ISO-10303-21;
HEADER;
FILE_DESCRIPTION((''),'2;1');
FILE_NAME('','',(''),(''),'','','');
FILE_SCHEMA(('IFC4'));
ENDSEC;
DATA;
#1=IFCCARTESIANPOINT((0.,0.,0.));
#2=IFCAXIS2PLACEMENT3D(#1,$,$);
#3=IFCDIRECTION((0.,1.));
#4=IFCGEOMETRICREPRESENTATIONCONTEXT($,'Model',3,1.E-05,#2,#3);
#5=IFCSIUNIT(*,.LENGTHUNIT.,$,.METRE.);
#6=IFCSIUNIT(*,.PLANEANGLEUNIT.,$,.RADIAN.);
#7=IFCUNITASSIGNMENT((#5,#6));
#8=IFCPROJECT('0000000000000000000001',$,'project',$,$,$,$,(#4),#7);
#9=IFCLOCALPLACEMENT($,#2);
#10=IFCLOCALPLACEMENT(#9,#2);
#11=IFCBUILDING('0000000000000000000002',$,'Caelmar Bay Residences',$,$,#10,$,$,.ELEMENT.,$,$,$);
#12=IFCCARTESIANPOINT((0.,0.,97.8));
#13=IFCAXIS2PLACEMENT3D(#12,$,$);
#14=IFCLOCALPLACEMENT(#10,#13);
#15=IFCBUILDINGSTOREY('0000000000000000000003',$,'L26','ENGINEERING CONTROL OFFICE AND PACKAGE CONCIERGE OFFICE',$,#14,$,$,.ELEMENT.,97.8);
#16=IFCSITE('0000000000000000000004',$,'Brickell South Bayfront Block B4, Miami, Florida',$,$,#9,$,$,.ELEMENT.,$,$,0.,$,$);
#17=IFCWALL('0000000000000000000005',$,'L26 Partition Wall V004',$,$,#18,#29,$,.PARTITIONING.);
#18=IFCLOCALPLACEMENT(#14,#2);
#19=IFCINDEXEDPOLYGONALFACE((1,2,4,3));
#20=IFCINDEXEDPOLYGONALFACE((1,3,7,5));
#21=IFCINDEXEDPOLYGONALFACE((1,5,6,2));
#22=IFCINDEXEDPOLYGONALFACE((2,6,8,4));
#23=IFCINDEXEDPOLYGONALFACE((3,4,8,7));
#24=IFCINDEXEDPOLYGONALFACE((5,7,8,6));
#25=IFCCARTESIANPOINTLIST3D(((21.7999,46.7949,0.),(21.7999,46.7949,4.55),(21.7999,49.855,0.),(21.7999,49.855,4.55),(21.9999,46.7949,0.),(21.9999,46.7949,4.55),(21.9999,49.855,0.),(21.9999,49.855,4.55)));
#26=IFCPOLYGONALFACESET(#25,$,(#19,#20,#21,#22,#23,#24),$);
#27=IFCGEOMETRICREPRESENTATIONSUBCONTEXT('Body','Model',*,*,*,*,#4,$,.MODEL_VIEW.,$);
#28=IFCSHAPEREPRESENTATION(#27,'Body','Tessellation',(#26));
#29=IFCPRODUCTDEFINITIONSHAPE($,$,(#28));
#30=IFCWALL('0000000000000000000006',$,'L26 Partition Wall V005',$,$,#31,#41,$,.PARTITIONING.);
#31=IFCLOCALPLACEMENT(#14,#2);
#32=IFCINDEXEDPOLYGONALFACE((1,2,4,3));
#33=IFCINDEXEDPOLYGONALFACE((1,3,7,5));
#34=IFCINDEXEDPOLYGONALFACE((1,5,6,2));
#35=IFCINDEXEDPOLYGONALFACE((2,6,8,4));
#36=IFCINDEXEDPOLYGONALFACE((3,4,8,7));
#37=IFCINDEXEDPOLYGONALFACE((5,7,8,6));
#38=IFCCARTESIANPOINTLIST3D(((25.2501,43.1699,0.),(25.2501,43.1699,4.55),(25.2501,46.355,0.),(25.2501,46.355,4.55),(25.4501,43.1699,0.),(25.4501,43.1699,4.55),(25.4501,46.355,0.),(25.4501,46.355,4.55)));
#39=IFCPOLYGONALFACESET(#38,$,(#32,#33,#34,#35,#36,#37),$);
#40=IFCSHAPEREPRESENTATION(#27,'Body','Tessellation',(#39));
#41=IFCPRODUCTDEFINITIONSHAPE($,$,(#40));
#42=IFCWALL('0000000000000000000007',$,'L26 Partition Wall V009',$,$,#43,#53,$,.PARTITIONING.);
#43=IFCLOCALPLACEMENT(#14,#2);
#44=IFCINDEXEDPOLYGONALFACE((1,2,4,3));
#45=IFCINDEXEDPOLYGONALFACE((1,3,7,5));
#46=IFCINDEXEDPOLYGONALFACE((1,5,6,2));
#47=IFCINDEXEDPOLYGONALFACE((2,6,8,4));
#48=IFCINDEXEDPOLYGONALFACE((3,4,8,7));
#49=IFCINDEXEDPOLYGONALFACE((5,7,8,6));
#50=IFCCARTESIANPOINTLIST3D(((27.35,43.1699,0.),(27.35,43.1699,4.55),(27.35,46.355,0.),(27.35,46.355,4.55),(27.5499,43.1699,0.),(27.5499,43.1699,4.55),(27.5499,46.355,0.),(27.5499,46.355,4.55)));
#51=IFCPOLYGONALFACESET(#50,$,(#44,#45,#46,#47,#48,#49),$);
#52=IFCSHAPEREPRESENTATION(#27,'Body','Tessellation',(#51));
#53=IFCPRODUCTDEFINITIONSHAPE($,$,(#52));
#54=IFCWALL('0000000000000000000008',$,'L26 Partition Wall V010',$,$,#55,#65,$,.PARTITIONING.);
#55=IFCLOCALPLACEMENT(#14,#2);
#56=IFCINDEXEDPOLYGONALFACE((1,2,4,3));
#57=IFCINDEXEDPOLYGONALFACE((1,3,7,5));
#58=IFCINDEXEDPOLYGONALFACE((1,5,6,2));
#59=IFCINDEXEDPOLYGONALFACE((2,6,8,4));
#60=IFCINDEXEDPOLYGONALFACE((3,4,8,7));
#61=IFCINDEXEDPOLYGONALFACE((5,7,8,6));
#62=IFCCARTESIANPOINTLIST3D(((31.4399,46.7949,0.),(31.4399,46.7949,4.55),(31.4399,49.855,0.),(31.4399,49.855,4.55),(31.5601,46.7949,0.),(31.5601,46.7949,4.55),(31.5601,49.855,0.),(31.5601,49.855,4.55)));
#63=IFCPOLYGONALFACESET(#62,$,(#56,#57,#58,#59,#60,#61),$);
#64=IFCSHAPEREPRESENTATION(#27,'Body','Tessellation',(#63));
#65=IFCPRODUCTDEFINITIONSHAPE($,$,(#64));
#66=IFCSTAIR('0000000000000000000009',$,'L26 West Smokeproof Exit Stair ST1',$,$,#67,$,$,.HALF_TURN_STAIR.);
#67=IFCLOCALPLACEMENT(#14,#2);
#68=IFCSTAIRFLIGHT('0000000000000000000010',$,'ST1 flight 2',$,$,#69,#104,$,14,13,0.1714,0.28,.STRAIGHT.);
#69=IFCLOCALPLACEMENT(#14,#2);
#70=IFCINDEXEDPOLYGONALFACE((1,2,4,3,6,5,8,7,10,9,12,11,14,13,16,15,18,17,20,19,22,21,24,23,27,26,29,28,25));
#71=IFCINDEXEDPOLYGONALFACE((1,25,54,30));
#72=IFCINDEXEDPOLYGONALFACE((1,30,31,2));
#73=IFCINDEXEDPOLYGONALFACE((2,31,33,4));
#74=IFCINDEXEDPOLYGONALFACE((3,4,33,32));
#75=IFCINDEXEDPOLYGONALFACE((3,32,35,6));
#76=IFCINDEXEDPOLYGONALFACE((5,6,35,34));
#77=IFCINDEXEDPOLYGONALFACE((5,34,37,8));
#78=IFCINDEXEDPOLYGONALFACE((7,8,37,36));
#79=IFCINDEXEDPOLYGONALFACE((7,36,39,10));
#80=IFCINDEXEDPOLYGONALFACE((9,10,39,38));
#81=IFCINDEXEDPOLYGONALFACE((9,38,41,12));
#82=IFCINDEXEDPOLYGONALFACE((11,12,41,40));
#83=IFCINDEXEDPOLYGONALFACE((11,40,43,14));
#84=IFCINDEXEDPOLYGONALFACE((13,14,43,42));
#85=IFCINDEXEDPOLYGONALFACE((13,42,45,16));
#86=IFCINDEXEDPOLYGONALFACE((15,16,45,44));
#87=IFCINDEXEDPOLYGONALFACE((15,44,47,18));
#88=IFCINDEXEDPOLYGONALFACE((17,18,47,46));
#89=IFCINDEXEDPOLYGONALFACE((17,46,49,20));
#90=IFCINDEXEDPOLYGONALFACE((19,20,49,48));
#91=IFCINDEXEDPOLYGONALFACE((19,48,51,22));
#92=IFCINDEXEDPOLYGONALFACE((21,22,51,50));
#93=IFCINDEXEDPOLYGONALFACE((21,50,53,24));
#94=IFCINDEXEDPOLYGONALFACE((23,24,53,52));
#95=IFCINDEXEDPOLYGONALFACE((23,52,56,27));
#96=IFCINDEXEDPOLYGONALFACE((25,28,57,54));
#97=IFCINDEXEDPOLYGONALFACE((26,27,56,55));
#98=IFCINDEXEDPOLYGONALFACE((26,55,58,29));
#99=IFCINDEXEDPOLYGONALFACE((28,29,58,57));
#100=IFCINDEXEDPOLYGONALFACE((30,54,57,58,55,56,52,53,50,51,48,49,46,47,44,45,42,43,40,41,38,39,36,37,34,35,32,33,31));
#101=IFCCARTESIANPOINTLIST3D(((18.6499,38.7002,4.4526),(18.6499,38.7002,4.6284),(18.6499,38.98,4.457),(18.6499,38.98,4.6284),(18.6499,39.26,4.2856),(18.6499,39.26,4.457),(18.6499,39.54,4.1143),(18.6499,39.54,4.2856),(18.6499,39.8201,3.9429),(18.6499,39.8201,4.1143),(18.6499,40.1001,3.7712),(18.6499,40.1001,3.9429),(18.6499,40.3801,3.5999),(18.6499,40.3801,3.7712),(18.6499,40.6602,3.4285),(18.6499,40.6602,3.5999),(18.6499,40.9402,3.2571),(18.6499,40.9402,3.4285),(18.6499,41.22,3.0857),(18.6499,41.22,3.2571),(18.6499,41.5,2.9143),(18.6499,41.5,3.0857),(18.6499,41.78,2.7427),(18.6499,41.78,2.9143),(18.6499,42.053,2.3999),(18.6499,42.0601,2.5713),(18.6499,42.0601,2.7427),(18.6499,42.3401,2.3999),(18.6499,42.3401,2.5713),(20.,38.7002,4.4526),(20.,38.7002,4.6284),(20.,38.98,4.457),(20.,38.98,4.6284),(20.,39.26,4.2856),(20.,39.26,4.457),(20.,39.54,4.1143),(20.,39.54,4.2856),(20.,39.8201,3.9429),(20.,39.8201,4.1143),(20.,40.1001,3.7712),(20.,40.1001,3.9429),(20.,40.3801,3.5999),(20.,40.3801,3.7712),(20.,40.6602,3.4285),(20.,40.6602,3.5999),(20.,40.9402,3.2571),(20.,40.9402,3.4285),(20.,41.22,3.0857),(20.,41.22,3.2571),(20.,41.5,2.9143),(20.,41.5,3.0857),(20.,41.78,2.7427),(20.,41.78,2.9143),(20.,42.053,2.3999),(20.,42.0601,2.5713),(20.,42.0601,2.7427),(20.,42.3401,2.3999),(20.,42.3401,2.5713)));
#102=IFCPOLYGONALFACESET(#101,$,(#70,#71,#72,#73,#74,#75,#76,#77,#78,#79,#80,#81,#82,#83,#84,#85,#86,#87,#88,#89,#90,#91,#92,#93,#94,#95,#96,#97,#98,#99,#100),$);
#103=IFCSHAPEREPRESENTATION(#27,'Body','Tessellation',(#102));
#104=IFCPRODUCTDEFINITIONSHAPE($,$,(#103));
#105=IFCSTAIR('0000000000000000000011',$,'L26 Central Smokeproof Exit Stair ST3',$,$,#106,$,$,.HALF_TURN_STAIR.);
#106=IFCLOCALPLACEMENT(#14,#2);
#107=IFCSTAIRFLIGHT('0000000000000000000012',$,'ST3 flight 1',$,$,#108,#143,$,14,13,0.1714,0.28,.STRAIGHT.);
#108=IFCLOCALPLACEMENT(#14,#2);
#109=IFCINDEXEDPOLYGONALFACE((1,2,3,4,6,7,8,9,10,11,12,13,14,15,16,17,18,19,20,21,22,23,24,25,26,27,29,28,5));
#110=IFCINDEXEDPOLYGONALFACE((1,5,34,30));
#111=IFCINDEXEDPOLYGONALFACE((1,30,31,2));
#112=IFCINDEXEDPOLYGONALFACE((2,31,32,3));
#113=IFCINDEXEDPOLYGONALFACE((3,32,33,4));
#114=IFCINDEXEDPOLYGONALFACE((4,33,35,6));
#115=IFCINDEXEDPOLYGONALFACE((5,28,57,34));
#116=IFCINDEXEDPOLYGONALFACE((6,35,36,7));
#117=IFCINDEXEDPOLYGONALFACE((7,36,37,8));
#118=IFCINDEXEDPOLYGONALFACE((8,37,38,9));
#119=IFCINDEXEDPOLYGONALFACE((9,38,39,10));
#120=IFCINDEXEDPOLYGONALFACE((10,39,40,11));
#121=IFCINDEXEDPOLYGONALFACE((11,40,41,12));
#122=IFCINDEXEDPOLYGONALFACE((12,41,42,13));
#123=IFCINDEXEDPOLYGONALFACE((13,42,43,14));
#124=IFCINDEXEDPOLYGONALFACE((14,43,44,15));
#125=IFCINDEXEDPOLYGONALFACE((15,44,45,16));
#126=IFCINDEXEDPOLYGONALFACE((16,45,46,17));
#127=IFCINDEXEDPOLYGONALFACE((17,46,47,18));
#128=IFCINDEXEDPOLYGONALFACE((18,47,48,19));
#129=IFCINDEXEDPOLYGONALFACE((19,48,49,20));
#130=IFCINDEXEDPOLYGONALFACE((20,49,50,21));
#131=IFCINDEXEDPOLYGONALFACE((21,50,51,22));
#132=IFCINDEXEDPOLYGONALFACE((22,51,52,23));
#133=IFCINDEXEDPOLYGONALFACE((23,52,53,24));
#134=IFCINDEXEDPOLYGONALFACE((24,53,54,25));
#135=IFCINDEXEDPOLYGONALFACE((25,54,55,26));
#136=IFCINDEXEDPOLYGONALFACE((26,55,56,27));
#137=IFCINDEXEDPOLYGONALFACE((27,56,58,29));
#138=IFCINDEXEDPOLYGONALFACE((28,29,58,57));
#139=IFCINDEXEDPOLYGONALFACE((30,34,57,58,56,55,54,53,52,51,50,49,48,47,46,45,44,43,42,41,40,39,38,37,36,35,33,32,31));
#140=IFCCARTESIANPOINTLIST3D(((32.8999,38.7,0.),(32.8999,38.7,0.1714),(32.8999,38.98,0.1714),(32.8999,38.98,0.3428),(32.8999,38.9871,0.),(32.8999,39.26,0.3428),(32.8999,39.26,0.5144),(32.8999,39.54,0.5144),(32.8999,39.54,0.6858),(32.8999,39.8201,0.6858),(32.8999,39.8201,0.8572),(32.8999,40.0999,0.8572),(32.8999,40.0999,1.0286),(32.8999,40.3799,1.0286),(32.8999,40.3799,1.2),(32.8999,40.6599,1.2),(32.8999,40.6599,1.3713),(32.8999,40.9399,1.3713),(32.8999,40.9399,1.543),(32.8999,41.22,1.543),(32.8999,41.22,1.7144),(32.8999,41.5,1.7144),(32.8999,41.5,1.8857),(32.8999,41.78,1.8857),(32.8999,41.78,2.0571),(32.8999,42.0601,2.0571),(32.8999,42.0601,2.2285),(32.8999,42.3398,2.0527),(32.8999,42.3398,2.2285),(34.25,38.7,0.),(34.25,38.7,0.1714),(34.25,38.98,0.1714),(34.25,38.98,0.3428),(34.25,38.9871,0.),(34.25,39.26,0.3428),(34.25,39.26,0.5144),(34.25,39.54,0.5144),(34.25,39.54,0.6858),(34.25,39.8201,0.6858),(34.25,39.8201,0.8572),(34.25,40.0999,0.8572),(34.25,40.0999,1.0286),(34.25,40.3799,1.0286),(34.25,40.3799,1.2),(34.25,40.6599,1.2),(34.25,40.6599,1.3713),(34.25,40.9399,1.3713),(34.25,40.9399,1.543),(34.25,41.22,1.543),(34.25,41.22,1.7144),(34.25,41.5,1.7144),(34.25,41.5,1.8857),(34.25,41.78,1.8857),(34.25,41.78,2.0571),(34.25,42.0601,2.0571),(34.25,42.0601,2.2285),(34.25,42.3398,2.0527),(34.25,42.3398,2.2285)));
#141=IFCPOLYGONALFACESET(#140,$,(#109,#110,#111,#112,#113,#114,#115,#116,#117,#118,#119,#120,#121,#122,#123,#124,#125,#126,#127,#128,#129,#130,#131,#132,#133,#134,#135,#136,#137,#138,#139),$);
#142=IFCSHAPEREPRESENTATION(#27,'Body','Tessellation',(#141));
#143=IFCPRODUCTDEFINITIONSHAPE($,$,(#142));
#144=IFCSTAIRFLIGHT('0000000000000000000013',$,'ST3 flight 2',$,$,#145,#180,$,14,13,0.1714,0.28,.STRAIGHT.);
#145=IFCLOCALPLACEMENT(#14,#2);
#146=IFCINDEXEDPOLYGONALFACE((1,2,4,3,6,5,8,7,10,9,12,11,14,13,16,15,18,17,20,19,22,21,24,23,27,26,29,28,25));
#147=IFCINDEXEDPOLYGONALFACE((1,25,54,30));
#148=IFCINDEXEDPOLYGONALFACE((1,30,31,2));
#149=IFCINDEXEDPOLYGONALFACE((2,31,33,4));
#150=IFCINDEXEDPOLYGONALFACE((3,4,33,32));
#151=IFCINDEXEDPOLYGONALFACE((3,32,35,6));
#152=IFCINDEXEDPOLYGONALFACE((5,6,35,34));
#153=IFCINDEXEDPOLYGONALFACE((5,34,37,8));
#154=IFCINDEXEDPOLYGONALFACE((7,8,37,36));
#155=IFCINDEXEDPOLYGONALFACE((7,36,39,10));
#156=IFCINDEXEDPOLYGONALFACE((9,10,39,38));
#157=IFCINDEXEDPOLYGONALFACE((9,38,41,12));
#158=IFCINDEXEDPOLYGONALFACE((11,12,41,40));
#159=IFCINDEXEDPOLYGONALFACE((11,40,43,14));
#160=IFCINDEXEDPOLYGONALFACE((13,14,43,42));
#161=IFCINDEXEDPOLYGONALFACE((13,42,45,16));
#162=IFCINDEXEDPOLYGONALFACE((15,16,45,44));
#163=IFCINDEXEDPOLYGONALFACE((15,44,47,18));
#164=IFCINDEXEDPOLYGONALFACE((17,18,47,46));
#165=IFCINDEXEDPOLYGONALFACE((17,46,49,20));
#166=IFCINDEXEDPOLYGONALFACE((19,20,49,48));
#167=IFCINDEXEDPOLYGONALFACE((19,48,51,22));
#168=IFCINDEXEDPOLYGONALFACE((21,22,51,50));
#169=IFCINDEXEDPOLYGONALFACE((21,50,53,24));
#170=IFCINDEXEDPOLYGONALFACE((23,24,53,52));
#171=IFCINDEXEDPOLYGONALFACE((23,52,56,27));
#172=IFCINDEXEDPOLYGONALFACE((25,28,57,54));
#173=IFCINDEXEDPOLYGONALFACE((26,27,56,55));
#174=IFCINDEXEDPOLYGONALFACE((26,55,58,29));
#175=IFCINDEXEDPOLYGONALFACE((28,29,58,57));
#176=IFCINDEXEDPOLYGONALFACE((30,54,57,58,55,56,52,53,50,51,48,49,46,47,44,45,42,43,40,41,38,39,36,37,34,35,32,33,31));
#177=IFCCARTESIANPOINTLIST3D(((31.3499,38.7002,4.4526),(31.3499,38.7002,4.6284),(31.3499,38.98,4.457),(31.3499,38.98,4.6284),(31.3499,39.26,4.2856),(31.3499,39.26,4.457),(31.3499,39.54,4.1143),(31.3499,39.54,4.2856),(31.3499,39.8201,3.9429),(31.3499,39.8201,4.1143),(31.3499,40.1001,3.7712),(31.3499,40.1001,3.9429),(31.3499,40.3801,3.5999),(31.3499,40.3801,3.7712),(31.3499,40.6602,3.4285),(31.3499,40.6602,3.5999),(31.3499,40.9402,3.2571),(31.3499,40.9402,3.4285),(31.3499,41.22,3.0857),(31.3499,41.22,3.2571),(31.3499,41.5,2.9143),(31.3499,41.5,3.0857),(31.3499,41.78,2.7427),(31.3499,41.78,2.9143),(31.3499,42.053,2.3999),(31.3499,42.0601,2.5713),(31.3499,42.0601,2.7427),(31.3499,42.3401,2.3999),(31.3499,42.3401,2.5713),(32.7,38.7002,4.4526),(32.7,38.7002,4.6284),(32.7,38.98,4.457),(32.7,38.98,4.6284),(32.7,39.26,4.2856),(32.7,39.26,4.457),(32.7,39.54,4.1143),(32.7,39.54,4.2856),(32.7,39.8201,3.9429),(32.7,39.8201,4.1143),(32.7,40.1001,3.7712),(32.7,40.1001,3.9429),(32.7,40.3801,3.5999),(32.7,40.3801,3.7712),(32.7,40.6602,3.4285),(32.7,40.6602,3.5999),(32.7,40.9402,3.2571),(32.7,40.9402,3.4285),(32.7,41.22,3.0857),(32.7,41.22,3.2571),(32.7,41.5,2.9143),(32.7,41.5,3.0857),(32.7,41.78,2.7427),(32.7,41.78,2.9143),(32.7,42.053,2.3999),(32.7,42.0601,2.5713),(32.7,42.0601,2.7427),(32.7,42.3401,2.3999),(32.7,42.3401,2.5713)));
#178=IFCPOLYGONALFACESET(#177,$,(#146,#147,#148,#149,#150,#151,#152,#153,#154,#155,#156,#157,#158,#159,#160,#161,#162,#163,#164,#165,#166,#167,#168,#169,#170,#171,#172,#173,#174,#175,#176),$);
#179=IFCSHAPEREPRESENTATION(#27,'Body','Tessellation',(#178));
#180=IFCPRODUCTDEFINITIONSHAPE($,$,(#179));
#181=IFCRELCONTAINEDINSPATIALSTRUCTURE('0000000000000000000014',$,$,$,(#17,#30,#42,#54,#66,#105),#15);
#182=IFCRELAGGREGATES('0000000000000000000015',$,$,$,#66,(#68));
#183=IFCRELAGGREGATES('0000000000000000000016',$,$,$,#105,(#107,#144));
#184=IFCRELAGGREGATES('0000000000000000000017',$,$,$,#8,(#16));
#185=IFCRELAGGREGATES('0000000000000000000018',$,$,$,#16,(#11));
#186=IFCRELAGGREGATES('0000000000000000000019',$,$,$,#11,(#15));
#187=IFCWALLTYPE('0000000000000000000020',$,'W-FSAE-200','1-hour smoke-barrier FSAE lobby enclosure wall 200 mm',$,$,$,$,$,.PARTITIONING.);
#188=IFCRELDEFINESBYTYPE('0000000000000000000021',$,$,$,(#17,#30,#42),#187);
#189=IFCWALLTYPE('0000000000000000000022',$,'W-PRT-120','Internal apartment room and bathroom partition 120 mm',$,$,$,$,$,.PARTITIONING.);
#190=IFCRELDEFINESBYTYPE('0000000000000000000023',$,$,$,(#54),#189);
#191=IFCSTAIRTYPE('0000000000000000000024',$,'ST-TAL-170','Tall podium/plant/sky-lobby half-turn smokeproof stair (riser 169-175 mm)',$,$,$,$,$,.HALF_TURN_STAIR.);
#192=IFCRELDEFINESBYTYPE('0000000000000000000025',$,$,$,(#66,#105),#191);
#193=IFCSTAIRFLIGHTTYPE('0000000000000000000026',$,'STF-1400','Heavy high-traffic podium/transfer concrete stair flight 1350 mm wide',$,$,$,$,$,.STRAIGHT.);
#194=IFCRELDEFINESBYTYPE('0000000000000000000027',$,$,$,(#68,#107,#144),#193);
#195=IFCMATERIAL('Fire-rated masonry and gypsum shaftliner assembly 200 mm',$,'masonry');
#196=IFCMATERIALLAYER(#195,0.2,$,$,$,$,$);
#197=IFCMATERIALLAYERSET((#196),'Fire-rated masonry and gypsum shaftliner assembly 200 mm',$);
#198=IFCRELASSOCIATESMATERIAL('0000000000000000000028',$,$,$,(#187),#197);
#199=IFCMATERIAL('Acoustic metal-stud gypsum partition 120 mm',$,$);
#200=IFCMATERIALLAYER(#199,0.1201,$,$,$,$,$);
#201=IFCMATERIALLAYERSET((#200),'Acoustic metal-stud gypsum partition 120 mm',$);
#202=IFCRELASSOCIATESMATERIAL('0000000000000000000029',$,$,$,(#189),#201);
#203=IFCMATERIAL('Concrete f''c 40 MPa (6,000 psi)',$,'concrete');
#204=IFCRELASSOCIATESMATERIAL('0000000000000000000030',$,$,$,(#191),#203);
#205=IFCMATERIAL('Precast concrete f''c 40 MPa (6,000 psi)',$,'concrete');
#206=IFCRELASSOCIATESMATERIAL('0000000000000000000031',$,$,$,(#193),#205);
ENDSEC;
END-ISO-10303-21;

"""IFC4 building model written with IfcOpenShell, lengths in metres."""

from ifc_helpers import new_model, si_unit, direction, frame, frame_2d, origin, place, context, subcontext, project, spatial, polyline, rectangle, outline, extrude, material, layer, layer_set, type_object, element, aggregate, save


model = new_model("IFC4")

# Units and contexts
model_context = context("Model", 3, precision=1e-05, world=origin(), true_north=direction((0.0, 1.0)))
body_context = subcontext(model_context, "Body", "Model", "MODEL_VIEW")
ifc_project = project(units=[si_unit("LENGTHUNIT", "METRE"), si_unit("PLANEANGLEUNIT", "RADIAN")], contexts=[model_context])

# Site, building, storey
site_placement = place(None, origin())
site = spatial("IfcSite", under=ifc_project, at=site_placement, Name="Brickell South Bayfront Block B4, Miami, Florida", CompositionType="ELEMENT", RefElevation=0.0)
building_placement = place(site_placement, origin())
building = spatial("IfcBuilding", under=site, at=building_placement, Name="Caelmar Bay Residences", CompositionType="ELEMENT")
storey_placement = place(building_placement, frame((0.0, 0.0, 97.8)))
storey = spatial("IfcBuildingStorey", under=building, at=storey_placement, Name="L26", Description="ENGINEERING CONTROL OFFICE AND PACKAGE CONCIERGE OFFICE", CompositionType="ELEMENT", Elevation=97.8)

# Walls
ifc_material_1 = material(Name="Fire-rated masonry and gypsum shaftliner assembly 200 mm", Category="masonry")
ifc_layer_1 = layer(ifc_material_1, 0.2)
ifc_layer_set_1 = layer_set([ifc_layer_1], Name="Fire-rated masonry and gypsum shaftliner assembly 200 mm")
wall_type_1 = type_object("IfcWallType", Name="W-FSAE-200", Description="1-hour smoke-barrier FSAE lobby enclosure wall 200 mm", PredefinedType="PARTITIONING", material=ifc_layer_set_1)
wall_1_placement = place(storey_placement, frame((21.8999, 46.7949, 0.0), z_axis=(0.0, 0.0, 1.0), x_axis=(0.0, 1.0, 0.0)))
element("IfcWall", 1, at=wall_1_placement, inside=storey, type_object=wall_type_1, Name="L26 Partition Wall V004", PredefinedType="PARTITIONING", context=body_context, shape_type="SweptSolid", body=[
    extrude(rectangle(XDim=3.0601, YDim=0.2, at=frame_2d((1.53, 0.0))), origin(), (0.0, 0.0, 1.0), 4.55),
])
for number, where, z_axis, x_axis, name in (
    (2, (25.3501, 43.1699, 0.0), (0.0, 0.0, 1.0), (0.0, 1.0, 0.0), "L26 Partition Wall V005"),
    (3, (27.45, 43.1699, 0.0), (0.0, 0.0, 1.0), (0.0, 1.0, 0.0), "L26 Partition Wall V009"),
):
    element("IfcWall", number, at=place(storey_placement, frame(where, z_axis=z_axis, x_axis=x_axis)), inside=storey, type_object=wall_type_1, Name=name, PredefinedType="PARTITIONING", context=body_context, shape_type="SweptSolid", body=[
        extrude(rectangle(XDim=3.1851, YDim=0.2, at=frame_2d((1.5925, 0.0))), origin(), (0.0, 0.0, 1.0), 4.55),
    ])
ifc_material_2 = material(Name="Acoustic metal-stud gypsum partition 120 mm")
ifc_layer_2 = layer(ifc_material_2, 0.1201)
ifc_layer_set_2 = layer_set([ifc_layer_2], Name="Acoustic metal-stud gypsum partition 120 mm")
wall_type_2 = type_object("IfcWallType", Name="W-PRT-120", Description="Internal apartment room and bathroom partition 120 mm", PredefinedType="PARTITIONING", material=ifc_layer_set_2)
wall_2_placement = place(storey_placement, frame((31.5, 46.7949, 0.0), z_axis=(0.0, 0.0, 1.0), x_axis=(0.0, 1.0, 0.0)))
element("IfcWall", 4, at=wall_2_placement, inside=storey, type_object=wall_type_2, Name="L26 Partition Wall V010", PredefinedType="PARTITIONING", context=body_context, shape_type="SweptSolid", body=[
    extrude(rectangle(XDim=3.0601, YDim=0.1201, at=frame_2d((1.53, 0.0))), origin(), (0.0, 0.0, 1.0), 4.55),
])

# Stair, stair flight
ifc_material_3 = material(Name="Concrete f'c 40 MPa (6,000 psi)", Category="concrete")
stair_type = type_object("IfcStairType", Name="ST-TAL-170", Description="Tall podium/plant/sky-lobby half-turn smokeproof stair (riser 169-175 mm)", PredefinedType="HALF_TURN_STAIR", material=ifc_material_3)
stair_1_placement = place(storey_placement, origin())
stair_1 = element("IfcStair", 5, at=stair_1_placement, inside=storey, type_object=stair_type, Name="L26 West Smokeproof Exit Stair ST1", PredefinedType="HALF_TURN_STAIR")
ifc_material_4 = material(Name="Precast concrete f'c 40 MPa (6,000 psi)", Category="concrete")
stair_flight_type = type_object("IfcStairFlightType", Name="STF-1400", Description="Heavy high-traffic podium/transfer concrete stair flight 1350 mm wide", PredefinedType="STRAIGHT", material=ifc_material_4)
stair_flight_1_placement = place(storey_placement, frame((19.325, 42.3401, 2.3999), z_axis=(0.0, 0.0, 1.0), x_axis=(0.0, -1.0, 0.0)))
stair_flight_1 = element("IfcStairFlight", 6, at=stair_flight_1_placement, type_object=stair_flight_type, Name="ST1 flight 2", NumberOfRisers=14, NumberOfTreads=13, PredefinedType="STRAIGHT", RiserHeight=0.1714, TreadLength=0.28, context=body_context, shape_type="SweptSolid", body=[
    extrude(outline(polyline([(0.0, 0.0), (0.0, 0.1714), (0.28, 0.1714), (0.28, 0.3428), (0.5601, 0.3428), (0.5601, 0.5144), (0.8401, 0.5144), (0.8401, 0.6858), (1.1201, 0.6858), (1.1201, 0.8572), (1.3999, 0.8572), (1.3999, 1.0286), (1.6799, 1.0286), (1.6799, 1.2), (1.96, 1.2), (1.96, 1.3713), (2.24, 1.3713), (2.24, 1.543), (2.52, 1.543), (2.52, 1.7144), (2.8, 1.7144), (2.8, 1.8857), (3.0801, 1.8857), (3.0801, 2.0571), (3.3601, 2.0571), (3.3601, 2.2285), (3.6399, 2.2285), (3.6399, 2.3999), (3.6399, 2.0527), (0.2871, 0.0), (0.0, 0.0)])), frame((0.0, 0.675, 0.0), z_axis=(0.0, -1.0, 0.0), x_axis=(1.0, 0.0, 0.0)), (0.0, 0.0, 1.0), 1.3501),
])
aggregate(stair_1, [stair_flight_1])

# Stair, stair flights
stair_2_placement = place(storey_placement, origin())
stair_2 = element("IfcStair", 7, at=stair_2_placement, inside=storey, type_object=stair_type, Name="L26 Central Smokeproof Exit Stair ST3", PredefinedType="HALF_TURN_STAIR")
stair_flight_2_placement = place(storey_placement, frame((33.575, 38.7, 0.0), z_axis=(0.0, 0.0, 1.0), x_axis=(0.0, 1.0, 0.0)))
stair_flight_2 = element("IfcStairFlight", 8, at=stair_flight_2_placement, type_object=stair_flight_type, Name="ST3 flight 1", NumberOfRisers=14, NumberOfTreads=13, PredefinedType="STRAIGHT", RiserHeight=0.1714, TreadLength=0.28, context=body_context, shape_type="SweptSolid", body=[
    extrude(outline(polyline([(0.0, 0.0), (0.0, 0.1714), (0.28, 0.1714), (0.28, 0.3428), (0.5601, 0.3428), (0.5601, 0.5144), (0.8401, 0.5144), (0.8401, 0.6858), (1.1201, 0.6858), (1.1201, 0.8572), (1.3999, 0.8572), (1.3999, 1.0286), (1.6799, 1.0286), (1.6799, 1.2), (1.96, 1.2), (1.96, 1.3713), (2.24, 1.3713), (2.24, 1.543), (2.52, 1.543), (2.52, 1.7144), (2.8, 1.7144), (2.8, 1.8857), (3.0801, 1.8857), (3.0801, 2.0571), (3.3601, 2.0571), (3.3601, 2.2285), (3.6399, 2.2285), (3.6399, 2.3999), (3.6399, 2.0527), (0.2871, 0.0), (0.0, 0.0)])), frame((0.0, 0.675, 0.0), z_axis=(0.0, -1.0, 0.0), x_axis=(1.0, 0.0, 0.0)), (0.0, 0.0, 1.0), 1.3501),
])
stair_flight_3_placement = place(storey_placement, frame((32.0249, 42.3401, 2.3999), z_axis=(0.0, 0.0, 1.0), x_axis=(0.0, -1.0, 0.0)))
stair_flight_3 = element("IfcStairFlight", 9, at=stair_flight_3_placement, type_object=stair_flight_type, Name="ST3 flight 2", NumberOfRisers=14, NumberOfTreads=13, PredefinedType="STRAIGHT", RiserHeight=0.1714, TreadLength=0.28, context=body_context, shape_type="SweptSolid", body=[
    extrude(outline(polyline([(0.0, 0.0), (0.0, 0.1714), (0.28, 0.1714), (0.28, 0.3428), (0.5601, 0.3428), (0.5601, 0.5144), (0.8401, 0.5144), (0.8401, 0.6858), (1.1201, 0.6858), (1.1201, 0.8572), (1.3999, 0.8572), (1.3999, 1.0286), (1.6799, 1.0286), (1.6799, 1.2), (1.96, 1.2), (1.96, 1.3713), (2.24, 1.3713), (2.24, 1.543), (2.52, 1.543), (2.52, 1.7144), (2.8, 1.7144), (2.8, 1.8857), (3.0801, 1.8857), (3.0801, 2.0571), (3.3601, 2.0571), (3.3601, 2.2285), (3.6399, 2.2285), (3.6399, 2.3999), (3.6399, 2.0527), (0.2871, 0.0), (0.0, 0.0)])), frame((0.0, 0.675, 0.0), z_axis=(0.0, -1.0, 0.0), x_axis=(1.0, 0.0, 0.0)), (0.0, 0.0, 1.0), 1.3501),
])
aggregate(stair_2, [stair_flight_2, stair_flight_3])

save(model, "model.ifc")
